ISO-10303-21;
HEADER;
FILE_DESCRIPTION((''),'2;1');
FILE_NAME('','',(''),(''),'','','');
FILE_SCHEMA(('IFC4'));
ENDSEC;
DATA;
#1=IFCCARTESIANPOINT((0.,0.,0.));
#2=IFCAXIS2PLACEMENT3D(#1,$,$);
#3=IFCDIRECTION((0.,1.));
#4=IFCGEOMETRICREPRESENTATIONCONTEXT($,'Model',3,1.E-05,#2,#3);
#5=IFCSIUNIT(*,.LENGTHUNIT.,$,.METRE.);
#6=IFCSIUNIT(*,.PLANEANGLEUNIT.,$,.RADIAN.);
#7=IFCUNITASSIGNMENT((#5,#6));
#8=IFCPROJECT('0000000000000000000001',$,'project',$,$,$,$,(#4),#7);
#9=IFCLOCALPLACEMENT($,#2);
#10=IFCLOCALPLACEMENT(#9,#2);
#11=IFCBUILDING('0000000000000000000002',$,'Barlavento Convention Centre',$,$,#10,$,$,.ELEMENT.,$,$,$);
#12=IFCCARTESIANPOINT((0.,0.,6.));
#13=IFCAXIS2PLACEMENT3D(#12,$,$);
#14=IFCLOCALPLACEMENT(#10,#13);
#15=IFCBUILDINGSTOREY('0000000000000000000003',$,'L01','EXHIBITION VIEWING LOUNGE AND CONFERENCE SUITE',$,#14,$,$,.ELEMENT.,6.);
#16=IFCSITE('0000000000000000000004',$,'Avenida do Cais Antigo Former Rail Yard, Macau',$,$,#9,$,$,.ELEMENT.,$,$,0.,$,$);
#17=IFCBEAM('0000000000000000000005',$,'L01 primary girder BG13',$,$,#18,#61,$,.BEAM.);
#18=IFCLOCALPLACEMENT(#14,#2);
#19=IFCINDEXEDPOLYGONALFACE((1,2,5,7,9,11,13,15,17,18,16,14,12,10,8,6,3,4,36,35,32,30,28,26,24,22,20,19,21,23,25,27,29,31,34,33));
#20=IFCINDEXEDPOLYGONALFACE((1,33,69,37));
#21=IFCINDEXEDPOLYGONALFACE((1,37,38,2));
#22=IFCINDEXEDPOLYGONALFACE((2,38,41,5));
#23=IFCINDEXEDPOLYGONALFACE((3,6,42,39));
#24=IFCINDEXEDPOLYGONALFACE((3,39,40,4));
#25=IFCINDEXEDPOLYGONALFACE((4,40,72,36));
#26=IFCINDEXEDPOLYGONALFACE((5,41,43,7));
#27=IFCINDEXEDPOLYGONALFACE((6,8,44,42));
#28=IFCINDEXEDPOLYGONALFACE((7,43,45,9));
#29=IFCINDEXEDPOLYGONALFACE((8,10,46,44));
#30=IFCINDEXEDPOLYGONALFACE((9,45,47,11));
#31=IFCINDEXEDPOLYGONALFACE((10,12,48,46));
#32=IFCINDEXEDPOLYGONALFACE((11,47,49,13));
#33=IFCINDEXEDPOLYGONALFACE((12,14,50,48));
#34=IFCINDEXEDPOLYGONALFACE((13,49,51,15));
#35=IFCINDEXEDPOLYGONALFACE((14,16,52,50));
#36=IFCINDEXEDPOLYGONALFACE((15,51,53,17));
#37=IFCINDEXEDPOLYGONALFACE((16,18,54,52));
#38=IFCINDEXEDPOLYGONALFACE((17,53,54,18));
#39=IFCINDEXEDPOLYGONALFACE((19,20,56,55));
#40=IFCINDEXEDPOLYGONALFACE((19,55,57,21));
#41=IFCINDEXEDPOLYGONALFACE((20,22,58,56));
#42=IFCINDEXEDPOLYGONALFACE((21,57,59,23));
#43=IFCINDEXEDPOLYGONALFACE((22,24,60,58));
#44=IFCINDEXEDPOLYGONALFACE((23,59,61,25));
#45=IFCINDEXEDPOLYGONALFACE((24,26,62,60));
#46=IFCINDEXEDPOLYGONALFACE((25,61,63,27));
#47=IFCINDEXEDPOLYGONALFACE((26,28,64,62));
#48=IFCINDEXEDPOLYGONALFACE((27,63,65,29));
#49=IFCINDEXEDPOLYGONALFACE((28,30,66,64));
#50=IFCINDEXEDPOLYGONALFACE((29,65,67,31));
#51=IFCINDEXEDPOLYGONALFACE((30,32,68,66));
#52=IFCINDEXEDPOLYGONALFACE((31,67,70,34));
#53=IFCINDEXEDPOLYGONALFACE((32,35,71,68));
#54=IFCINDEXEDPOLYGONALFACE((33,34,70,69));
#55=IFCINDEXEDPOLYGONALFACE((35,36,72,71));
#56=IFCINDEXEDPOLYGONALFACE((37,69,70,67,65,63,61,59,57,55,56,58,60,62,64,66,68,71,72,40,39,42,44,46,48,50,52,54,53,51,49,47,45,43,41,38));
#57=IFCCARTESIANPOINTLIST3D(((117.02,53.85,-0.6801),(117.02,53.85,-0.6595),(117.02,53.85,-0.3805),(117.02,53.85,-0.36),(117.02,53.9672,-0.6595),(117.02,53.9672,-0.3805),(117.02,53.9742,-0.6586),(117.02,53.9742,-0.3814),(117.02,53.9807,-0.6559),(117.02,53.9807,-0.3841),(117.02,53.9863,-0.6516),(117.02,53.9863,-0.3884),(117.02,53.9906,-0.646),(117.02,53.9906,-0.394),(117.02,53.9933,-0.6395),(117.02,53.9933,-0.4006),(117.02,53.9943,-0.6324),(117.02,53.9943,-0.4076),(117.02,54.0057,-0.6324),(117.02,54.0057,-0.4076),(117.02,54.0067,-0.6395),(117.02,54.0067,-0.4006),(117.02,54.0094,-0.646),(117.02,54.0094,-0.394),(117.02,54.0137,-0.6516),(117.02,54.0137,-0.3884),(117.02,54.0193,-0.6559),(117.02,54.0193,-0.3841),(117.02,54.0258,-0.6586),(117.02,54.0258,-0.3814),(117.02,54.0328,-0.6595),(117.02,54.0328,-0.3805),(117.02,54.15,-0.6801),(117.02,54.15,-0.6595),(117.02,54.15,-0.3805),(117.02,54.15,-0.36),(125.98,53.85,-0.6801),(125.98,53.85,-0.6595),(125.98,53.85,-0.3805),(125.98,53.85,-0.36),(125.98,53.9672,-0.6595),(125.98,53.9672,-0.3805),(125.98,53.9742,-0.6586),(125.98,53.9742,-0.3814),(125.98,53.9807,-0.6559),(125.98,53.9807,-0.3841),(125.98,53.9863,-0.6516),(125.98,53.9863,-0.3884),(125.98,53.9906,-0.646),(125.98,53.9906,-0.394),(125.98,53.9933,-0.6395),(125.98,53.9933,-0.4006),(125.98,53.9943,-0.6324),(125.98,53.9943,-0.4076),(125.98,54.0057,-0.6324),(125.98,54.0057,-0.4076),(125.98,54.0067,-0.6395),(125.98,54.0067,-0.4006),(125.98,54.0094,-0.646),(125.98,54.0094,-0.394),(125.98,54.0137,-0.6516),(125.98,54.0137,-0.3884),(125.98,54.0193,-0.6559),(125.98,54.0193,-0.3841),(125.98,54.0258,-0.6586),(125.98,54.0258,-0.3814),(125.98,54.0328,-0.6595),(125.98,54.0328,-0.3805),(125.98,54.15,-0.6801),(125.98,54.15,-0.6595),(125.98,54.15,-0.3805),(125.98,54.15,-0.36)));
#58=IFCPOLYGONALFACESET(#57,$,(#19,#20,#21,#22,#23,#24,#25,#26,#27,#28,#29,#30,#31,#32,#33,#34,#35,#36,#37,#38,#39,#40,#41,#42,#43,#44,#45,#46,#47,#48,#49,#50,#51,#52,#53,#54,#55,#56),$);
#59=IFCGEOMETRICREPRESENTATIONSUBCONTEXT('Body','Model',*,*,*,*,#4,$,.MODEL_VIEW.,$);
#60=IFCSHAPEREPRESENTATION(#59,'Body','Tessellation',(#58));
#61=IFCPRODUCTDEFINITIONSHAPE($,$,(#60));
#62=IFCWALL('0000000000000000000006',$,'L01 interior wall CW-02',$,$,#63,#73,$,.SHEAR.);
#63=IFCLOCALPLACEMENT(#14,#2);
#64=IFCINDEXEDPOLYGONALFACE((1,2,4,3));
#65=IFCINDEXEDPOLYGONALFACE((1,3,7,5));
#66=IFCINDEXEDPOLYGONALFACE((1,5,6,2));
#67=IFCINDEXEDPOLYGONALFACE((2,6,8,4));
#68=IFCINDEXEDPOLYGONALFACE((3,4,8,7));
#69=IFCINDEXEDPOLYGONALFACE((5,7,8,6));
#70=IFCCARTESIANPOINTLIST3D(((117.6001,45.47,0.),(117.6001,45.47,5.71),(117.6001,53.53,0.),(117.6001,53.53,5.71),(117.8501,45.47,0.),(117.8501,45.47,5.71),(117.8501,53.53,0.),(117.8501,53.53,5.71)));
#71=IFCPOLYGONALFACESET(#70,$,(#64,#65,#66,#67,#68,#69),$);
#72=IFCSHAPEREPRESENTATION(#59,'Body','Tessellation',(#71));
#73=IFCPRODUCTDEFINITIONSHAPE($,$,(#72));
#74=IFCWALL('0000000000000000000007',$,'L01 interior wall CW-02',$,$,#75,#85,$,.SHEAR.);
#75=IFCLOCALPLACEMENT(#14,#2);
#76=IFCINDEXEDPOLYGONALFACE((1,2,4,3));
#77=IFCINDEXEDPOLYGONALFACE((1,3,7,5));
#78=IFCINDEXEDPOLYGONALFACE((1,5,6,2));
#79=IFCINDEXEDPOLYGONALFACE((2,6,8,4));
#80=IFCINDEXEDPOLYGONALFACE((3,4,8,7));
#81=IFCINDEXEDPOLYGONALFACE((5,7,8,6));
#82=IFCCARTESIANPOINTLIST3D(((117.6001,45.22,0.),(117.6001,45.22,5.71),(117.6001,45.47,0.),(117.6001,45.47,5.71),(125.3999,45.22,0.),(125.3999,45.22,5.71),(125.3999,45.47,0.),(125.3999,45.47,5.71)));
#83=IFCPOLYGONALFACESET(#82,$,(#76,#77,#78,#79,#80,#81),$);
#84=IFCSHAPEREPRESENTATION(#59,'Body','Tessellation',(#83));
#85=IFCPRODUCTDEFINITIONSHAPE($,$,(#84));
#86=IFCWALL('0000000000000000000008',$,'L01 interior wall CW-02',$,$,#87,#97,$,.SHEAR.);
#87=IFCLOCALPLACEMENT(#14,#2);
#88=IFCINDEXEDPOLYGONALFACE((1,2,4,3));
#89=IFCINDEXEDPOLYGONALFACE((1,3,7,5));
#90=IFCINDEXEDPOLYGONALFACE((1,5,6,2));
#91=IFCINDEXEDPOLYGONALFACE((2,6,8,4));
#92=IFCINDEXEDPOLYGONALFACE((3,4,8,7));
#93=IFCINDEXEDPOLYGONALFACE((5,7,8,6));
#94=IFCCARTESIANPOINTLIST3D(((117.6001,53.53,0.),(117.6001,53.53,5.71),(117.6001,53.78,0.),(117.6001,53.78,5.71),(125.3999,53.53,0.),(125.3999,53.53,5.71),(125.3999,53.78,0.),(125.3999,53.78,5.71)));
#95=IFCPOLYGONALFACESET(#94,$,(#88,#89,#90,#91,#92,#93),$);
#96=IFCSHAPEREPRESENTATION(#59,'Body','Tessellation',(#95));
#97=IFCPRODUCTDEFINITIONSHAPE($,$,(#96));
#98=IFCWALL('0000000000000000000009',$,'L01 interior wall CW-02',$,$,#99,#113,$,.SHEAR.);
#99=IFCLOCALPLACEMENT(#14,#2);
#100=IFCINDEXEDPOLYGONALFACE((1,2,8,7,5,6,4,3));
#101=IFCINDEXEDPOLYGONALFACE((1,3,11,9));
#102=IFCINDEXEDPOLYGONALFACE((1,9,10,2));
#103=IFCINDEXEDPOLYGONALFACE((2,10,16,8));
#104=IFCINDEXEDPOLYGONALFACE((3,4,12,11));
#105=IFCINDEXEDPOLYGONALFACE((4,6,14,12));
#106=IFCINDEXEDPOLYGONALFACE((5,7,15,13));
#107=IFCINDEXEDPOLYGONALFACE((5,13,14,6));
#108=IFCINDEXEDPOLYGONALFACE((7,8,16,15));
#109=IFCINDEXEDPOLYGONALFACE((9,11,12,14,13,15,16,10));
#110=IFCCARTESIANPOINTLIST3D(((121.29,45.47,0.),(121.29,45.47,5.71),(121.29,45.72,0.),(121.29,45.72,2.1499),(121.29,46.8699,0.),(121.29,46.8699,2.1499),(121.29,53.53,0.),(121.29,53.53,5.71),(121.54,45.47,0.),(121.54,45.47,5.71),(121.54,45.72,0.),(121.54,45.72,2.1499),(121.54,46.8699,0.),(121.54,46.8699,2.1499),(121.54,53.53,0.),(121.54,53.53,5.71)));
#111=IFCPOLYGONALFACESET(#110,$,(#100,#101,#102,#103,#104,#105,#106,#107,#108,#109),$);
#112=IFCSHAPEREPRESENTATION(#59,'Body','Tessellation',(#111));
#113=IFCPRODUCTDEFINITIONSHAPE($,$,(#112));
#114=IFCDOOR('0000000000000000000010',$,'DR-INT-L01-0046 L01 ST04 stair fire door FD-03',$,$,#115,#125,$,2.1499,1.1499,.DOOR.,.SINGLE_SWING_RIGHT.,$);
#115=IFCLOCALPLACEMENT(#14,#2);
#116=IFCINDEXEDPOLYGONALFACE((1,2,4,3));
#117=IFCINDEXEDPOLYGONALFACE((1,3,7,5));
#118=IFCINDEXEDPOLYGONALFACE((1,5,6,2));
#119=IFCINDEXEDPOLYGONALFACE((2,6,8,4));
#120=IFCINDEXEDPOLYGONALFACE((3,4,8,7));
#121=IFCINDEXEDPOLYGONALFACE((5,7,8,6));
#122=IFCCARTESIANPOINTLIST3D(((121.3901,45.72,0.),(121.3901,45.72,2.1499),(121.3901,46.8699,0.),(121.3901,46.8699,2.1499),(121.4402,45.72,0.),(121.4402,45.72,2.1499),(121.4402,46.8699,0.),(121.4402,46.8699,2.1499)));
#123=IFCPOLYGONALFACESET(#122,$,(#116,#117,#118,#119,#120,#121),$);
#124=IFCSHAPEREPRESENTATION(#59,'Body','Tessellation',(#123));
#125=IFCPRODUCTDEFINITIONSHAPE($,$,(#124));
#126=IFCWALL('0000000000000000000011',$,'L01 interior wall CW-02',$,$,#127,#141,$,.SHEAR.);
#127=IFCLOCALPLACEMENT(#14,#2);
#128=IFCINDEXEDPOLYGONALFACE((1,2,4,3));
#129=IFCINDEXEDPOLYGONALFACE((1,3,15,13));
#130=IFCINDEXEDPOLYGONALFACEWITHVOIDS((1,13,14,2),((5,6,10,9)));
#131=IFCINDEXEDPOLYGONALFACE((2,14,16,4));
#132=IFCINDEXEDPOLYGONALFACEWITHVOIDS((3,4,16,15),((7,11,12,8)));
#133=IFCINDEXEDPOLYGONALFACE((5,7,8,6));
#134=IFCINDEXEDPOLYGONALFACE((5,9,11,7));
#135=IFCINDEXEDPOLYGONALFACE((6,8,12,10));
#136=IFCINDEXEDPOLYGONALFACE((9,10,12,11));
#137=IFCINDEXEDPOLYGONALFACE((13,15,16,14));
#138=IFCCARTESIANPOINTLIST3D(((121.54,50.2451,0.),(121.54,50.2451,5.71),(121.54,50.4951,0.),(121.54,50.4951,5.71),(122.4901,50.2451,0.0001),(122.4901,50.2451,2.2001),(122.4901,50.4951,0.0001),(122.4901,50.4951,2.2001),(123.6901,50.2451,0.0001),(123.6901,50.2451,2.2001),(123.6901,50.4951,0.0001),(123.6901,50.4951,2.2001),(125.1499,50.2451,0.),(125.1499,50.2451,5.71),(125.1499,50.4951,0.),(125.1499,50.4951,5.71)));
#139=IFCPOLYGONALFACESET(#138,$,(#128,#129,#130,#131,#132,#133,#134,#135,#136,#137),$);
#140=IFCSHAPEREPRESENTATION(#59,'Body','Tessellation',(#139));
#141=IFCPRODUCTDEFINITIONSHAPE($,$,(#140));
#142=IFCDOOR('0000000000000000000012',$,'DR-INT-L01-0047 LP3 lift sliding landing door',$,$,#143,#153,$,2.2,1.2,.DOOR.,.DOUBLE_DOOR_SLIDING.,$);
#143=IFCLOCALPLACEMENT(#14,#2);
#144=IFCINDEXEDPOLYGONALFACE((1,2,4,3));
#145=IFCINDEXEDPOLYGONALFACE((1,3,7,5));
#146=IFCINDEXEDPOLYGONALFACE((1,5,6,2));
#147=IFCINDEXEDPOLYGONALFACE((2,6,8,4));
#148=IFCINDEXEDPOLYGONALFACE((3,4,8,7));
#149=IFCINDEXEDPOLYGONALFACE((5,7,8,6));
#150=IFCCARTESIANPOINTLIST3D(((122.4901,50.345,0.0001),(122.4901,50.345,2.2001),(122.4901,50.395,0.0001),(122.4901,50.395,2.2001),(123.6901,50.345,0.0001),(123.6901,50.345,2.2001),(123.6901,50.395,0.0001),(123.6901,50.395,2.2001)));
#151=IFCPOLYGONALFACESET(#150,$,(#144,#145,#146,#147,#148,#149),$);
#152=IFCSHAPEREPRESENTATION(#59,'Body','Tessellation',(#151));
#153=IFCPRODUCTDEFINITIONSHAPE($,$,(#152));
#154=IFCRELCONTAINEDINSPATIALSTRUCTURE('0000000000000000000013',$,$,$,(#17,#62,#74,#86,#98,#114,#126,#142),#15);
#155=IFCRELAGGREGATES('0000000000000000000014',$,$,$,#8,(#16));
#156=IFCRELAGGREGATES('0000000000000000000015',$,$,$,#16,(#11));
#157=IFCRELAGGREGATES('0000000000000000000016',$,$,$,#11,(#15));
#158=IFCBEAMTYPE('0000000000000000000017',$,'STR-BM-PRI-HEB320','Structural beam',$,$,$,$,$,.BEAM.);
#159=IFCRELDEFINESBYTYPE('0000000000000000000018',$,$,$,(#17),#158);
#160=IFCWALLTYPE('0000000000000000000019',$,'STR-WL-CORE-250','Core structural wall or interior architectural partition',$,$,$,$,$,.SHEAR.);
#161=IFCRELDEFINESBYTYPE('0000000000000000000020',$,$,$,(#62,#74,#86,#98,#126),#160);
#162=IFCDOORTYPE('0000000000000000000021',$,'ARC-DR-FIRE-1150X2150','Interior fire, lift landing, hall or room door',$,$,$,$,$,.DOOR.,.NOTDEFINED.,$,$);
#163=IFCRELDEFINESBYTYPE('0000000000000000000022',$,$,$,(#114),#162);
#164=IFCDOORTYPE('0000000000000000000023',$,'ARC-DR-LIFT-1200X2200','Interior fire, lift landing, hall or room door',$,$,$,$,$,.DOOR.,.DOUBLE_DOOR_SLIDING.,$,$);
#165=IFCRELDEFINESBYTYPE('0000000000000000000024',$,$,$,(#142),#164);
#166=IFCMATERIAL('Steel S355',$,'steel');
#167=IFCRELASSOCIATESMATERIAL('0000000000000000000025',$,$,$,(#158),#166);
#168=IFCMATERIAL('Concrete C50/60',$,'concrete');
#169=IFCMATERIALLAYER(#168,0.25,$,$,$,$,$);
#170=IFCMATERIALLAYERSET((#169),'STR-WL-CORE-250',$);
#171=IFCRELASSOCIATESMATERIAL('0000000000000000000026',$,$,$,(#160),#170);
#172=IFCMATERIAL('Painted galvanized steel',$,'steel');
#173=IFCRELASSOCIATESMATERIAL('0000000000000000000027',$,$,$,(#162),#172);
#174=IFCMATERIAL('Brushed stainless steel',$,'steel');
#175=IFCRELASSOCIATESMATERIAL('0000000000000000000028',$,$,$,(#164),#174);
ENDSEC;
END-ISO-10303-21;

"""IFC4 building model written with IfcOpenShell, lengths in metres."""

from ifc_helpers import new_model, si_unit, direction, frame, frame_2d, origin, origin_2d, place, context, subcontext, project, spatial, rectangle, i_section, extrude, material, layer, layer_set, material_profile, profile_set, type_object, element, fill, save


model = new_model("IFC4")

# Units and contexts
model_context = context("Model", 3, precision=1e-05, world=origin(), true_north=direction((0.0, 1.0)))
body_context = subcontext(model_context, "Body", "Model", "MODEL_VIEW")
ifc_project = project(units=[si_unit("LENGTHUNIT", "METRE"), si_unit("PLANEANGLEUNIT", "RADIAN")], contexts=[model_context])

# Site, building, storey
site_placement = place(None, origin())
site = spatial("IfcSite", under=ifc_project, at=site_placement, Name="Avenida do Cais Antigo Former Rail Yard, Macau", CompositionType="ELEMENT", RefElevation=0.0)
building_placement = place(site_placement, origin())
building = spatial("IfcBuilding", under=site, at=building_placement, Name="Barlavento Convention Centre", CompositionType="ELEMENT")
storey_placement = place(building_placement, frame((0.0, 0.0, 6.0)))
storey = spatial("IfcBuildingStorey", under=building, at=storey_placement, Name="L01", Description="EXHIBITION VIEWING LOUNGE AND CONFERENCE SUITE", CompositionType="ELEMENT", Elevation=6.0)

# Beam
ifc_material_1 = material(Name="Steel S355", Category="steel")
ifc_material_profile = material_profile(ifc_material_1, i_section(OverallWidth=0.3, OverallDepth=0.3201, WebThickness=0.0115, FlangeThickness=0.0205, FilletRadius=0.0271, at=origin_2d()), Name="HEB 320")
ifc_profile_set = profile_set([ifc_material_profile], Name="Steel S355")
beam_type = type_object("IfcBeamType", Name="STR-BM-PRI-HEB320", Description="Structural beam", PredefinedType="BEAM", material=ifc_profile_set)
beam_placement = place(storey_placement, frame((117.02, 54.0, -0.52), z_axis=(1.0, 0.0, 0.0), x_axis=(0.0, 1.0, 0.0)))
element("IfcBeam", 1, at=beam_placement, inside=storey, type_object=beam_type, Name="L01 primary girder BG13", PredefinedType="BEAM", context=body_context, shape_type="SweptSolid", body=[
    extrude(i_section(OverallWidth=0.3, OverallDepth=0.3201, WebThickness=0.0115, FlangeThickness=0.0205, FilletRadius=0.0271, at=origin_2d()), origin(), (0.0, 0.0, 1.0), 8.96),
])

# Walls
ifc_material_2 = material(Name="Concrete C50/60", Category="concrete")
ifc_layer = layer(ifc_material_2, 0.25)
ifc_layer_set = layer_set([ifc_layer], Name="STR-WL-CORE-250")
wall_type = type_object("IfcWallType", Name="STR-WL-CORE-250", Description="Core structural wall or interior architectural partition", PredefinedType="SHEAR", material=ifc_layer_set)
wall_1_placement = place(storey_placement, frame((117.7251, 45.47, 0.0), z_axis=(0.0, 0.0, 1.0), x_axis=(0.0, 1.0, 0.0)))
element("IfcWall", 2, at=wall_1_placement, inside=storey, type_object=wall_type, Name="L01 interior wall CW-02", PredefinedType="SHEAR", context=body_context, shape_type="SweptSolid", body=[
    extrude(rectangle(XDim=8.0601, YDim=0.25, at=frame_2d((4.03, 0.0))), origin(), (0.0, 0.0, 1.0), 5.71),
])
for number, where, z_axis, x_axis, name in (
    (3, (117.6001, 45.345, 0.0), (0.0, 0.0, 1.0), (1.0, 0.0, 0.0), "L01 interior wall CW-02"),
    (4, (117.6001, 53.655, 0.0), (0.0, 0.0, 1.0), (1.0, 0.0, 0.0), "L01 interior wall CW-02"),
):
    element("IfcWall", number, at=place(storey_placement, frame(where, z_axis=z_axis, x_axis=x_axis)), inside=storey, type_object=wall_type, Name=name, PredefinedType="SHEAR", context=body_context, shape_type="SweptSolid", body=[
        extrude(rectangle(XDim=7.7998, YDim=0.25, at=frame_2d((3.8999, 0.0))), origin(), (0.0, 0.0, 1.0), 5.71),
    ])

# Walls, openings, doors
wall_2_placement = place(storey_placement, frame((121.415, 45.47, 0.0), z_axis=(0.0, 0.0, 1.0), x_axis=(0.0, 1.0, 0.0)))
wall_2 = element("IfcWall", 5, at=wall_2_placement, inside=storey, type_object=wall_type, Name="L01 interior wall CW-02", PredefinedType="SHEAR", context=body_context, shape_type="SweptSolid", body=[
    extrude(rectangle(XDim=8.0601, YDim=0.25, at=frame_2d((4.03, 0.0))), origin(), (0.0, 0.0, 1.0), 5.71),
])
opening_1_placement = place(wall_2_placement, frame((0.25, 0.0, 0.0)))
opening_1 = element("IfcOpeningElement", 6, at=opening_1_placement, cuts=wall_2, PredefinedType="OPENING", context=body_context, shape_type="SweptSolid", body=[
    extrude(rectangle(XDim=1.1499, YDim=2.1499, at=frame_2d((0.575, 1.075))), frame((0.0, 0.135, 0.0), z_axis=(0.0, -1.0, 0.0), x_axis=(1.0, 0.0, 0.0)), (0.0, 0.0, 1.0), 0.27),
])
ifc_material_3 = material(Name="Painted galvanized steel", Category="steel")
door_type_1 = type_object("IfcDoorType", Name="ARC-DR-FIRE-1150X2150", Description="Interior fire, lift landing, hall or room door", OperationType="NOTDEFINED", PredefinedType="DOOR", material=ifc_material_3)
door_1_placement = place(opening_1_placement, origin())
door_1 = element("IfcDoor", 7, at=door_1_placement, inside=storey, type_object=door_type_1, Name="DR-INT-L01-0046 L01 ST04 stair fire door FD-03", OperationType="SINGLE_SWING_RIGHT", OverallHeight=2.1499, OverallWidth=1.1499, PredefinedType="DOOR", context=body_context, shape_type="SweptSolid", body=[
    extrude(rectangle(XDim=1.1499, YDim=2.1499, at=frame_2d((0.575, 1.075))), frame((0.0, 0.0249, 0.0), z_axis=(0.0, -1.0, 0.0), x_axis=(1.0, 0.0, 0.0)), (0.0, 0.0, 1.0), 0.05),
])
fill(opening_1, door_1)
wall_3_placement = place(storey_placement, frame((121.54, 50.3701, 0.0), z_axis=(0.0, 0.0, 1.0), x_axis=(1.0, 0.0, 0.0)))
wall_3 = element("IfcWall", 8, at=wall_3_placement, inside=storey, type_object=wall_type, Name="L01 interior wall CW-02", PredefinedType="SHEAR", context=body_context, shape_type="SweptSolid", body=[
    extrude(rectangle(XDim=3.6099, YDim=0.25, at=frame_2d((1.8049, 0.0))), origin(), (0.0, 0.0, 1.0), 5.71),
])
opening_2_placement = place(wall_3_placement, frame((0.95, 0.0, 0.0)))
opening_2 = element("IfcOpeningElement", 9, at=opening_2_placement, cuts=wall_3, PredefinedType="OPENING", context=body_context, shape_type="SweptSolid", body=[
    extrude(rectangle(XDim=1.2, YDim=2.2, at=frame_2d((0.6001, 1.1001))), frame((0.0, 0.135, 0.0), z_axis=(0.0, -1.0, 0.0), x_axis=(1.0, 0.0, 0.0)), (0.0, 0.0, 1.0), 0.27),
])
ifc_material_4 = material(Name="Brushed stainless steel", Category="steel")
door_type_2 = type_object("IfcDoorType", Name="ARC-DR-LIFT-1200X2200", Description="Interior fire, lift landing, hall or room door", OperationType="DOUBLE_DOOR_SLIDING", PredefinedType="DOOR", material=ifc_material_4)
door_2_placement = place(opening_2_placement, origin())
door_2 = element("IfcDoor", 10, at=door_2_placement, inside=storey, type_object=door_type_2, Name="DR-INT-L01-0047 LP3 lift sliding landing door", OperationType="DOUBLE_DOOR_SLIDING", OverallHeight=2.2, OverallWidth=1.2, PredefinedType="DOOR", context=body_context, shape_type="SweptSolid", body=[
    extrude(rectangle(XDim=1.2, YDim=2.2, at=frame_2d((0.6001, 1.1001))), frame((0.0, 0.0249, 0.0), z_axis=(0.0, -1.0, 0.0), x_axis=(1.0, 0.0, 0.0)), (0.0, 0.0, 1.0), 0.05),
])
fill(opening_2, door_2)

save(model, "model.ifc")
